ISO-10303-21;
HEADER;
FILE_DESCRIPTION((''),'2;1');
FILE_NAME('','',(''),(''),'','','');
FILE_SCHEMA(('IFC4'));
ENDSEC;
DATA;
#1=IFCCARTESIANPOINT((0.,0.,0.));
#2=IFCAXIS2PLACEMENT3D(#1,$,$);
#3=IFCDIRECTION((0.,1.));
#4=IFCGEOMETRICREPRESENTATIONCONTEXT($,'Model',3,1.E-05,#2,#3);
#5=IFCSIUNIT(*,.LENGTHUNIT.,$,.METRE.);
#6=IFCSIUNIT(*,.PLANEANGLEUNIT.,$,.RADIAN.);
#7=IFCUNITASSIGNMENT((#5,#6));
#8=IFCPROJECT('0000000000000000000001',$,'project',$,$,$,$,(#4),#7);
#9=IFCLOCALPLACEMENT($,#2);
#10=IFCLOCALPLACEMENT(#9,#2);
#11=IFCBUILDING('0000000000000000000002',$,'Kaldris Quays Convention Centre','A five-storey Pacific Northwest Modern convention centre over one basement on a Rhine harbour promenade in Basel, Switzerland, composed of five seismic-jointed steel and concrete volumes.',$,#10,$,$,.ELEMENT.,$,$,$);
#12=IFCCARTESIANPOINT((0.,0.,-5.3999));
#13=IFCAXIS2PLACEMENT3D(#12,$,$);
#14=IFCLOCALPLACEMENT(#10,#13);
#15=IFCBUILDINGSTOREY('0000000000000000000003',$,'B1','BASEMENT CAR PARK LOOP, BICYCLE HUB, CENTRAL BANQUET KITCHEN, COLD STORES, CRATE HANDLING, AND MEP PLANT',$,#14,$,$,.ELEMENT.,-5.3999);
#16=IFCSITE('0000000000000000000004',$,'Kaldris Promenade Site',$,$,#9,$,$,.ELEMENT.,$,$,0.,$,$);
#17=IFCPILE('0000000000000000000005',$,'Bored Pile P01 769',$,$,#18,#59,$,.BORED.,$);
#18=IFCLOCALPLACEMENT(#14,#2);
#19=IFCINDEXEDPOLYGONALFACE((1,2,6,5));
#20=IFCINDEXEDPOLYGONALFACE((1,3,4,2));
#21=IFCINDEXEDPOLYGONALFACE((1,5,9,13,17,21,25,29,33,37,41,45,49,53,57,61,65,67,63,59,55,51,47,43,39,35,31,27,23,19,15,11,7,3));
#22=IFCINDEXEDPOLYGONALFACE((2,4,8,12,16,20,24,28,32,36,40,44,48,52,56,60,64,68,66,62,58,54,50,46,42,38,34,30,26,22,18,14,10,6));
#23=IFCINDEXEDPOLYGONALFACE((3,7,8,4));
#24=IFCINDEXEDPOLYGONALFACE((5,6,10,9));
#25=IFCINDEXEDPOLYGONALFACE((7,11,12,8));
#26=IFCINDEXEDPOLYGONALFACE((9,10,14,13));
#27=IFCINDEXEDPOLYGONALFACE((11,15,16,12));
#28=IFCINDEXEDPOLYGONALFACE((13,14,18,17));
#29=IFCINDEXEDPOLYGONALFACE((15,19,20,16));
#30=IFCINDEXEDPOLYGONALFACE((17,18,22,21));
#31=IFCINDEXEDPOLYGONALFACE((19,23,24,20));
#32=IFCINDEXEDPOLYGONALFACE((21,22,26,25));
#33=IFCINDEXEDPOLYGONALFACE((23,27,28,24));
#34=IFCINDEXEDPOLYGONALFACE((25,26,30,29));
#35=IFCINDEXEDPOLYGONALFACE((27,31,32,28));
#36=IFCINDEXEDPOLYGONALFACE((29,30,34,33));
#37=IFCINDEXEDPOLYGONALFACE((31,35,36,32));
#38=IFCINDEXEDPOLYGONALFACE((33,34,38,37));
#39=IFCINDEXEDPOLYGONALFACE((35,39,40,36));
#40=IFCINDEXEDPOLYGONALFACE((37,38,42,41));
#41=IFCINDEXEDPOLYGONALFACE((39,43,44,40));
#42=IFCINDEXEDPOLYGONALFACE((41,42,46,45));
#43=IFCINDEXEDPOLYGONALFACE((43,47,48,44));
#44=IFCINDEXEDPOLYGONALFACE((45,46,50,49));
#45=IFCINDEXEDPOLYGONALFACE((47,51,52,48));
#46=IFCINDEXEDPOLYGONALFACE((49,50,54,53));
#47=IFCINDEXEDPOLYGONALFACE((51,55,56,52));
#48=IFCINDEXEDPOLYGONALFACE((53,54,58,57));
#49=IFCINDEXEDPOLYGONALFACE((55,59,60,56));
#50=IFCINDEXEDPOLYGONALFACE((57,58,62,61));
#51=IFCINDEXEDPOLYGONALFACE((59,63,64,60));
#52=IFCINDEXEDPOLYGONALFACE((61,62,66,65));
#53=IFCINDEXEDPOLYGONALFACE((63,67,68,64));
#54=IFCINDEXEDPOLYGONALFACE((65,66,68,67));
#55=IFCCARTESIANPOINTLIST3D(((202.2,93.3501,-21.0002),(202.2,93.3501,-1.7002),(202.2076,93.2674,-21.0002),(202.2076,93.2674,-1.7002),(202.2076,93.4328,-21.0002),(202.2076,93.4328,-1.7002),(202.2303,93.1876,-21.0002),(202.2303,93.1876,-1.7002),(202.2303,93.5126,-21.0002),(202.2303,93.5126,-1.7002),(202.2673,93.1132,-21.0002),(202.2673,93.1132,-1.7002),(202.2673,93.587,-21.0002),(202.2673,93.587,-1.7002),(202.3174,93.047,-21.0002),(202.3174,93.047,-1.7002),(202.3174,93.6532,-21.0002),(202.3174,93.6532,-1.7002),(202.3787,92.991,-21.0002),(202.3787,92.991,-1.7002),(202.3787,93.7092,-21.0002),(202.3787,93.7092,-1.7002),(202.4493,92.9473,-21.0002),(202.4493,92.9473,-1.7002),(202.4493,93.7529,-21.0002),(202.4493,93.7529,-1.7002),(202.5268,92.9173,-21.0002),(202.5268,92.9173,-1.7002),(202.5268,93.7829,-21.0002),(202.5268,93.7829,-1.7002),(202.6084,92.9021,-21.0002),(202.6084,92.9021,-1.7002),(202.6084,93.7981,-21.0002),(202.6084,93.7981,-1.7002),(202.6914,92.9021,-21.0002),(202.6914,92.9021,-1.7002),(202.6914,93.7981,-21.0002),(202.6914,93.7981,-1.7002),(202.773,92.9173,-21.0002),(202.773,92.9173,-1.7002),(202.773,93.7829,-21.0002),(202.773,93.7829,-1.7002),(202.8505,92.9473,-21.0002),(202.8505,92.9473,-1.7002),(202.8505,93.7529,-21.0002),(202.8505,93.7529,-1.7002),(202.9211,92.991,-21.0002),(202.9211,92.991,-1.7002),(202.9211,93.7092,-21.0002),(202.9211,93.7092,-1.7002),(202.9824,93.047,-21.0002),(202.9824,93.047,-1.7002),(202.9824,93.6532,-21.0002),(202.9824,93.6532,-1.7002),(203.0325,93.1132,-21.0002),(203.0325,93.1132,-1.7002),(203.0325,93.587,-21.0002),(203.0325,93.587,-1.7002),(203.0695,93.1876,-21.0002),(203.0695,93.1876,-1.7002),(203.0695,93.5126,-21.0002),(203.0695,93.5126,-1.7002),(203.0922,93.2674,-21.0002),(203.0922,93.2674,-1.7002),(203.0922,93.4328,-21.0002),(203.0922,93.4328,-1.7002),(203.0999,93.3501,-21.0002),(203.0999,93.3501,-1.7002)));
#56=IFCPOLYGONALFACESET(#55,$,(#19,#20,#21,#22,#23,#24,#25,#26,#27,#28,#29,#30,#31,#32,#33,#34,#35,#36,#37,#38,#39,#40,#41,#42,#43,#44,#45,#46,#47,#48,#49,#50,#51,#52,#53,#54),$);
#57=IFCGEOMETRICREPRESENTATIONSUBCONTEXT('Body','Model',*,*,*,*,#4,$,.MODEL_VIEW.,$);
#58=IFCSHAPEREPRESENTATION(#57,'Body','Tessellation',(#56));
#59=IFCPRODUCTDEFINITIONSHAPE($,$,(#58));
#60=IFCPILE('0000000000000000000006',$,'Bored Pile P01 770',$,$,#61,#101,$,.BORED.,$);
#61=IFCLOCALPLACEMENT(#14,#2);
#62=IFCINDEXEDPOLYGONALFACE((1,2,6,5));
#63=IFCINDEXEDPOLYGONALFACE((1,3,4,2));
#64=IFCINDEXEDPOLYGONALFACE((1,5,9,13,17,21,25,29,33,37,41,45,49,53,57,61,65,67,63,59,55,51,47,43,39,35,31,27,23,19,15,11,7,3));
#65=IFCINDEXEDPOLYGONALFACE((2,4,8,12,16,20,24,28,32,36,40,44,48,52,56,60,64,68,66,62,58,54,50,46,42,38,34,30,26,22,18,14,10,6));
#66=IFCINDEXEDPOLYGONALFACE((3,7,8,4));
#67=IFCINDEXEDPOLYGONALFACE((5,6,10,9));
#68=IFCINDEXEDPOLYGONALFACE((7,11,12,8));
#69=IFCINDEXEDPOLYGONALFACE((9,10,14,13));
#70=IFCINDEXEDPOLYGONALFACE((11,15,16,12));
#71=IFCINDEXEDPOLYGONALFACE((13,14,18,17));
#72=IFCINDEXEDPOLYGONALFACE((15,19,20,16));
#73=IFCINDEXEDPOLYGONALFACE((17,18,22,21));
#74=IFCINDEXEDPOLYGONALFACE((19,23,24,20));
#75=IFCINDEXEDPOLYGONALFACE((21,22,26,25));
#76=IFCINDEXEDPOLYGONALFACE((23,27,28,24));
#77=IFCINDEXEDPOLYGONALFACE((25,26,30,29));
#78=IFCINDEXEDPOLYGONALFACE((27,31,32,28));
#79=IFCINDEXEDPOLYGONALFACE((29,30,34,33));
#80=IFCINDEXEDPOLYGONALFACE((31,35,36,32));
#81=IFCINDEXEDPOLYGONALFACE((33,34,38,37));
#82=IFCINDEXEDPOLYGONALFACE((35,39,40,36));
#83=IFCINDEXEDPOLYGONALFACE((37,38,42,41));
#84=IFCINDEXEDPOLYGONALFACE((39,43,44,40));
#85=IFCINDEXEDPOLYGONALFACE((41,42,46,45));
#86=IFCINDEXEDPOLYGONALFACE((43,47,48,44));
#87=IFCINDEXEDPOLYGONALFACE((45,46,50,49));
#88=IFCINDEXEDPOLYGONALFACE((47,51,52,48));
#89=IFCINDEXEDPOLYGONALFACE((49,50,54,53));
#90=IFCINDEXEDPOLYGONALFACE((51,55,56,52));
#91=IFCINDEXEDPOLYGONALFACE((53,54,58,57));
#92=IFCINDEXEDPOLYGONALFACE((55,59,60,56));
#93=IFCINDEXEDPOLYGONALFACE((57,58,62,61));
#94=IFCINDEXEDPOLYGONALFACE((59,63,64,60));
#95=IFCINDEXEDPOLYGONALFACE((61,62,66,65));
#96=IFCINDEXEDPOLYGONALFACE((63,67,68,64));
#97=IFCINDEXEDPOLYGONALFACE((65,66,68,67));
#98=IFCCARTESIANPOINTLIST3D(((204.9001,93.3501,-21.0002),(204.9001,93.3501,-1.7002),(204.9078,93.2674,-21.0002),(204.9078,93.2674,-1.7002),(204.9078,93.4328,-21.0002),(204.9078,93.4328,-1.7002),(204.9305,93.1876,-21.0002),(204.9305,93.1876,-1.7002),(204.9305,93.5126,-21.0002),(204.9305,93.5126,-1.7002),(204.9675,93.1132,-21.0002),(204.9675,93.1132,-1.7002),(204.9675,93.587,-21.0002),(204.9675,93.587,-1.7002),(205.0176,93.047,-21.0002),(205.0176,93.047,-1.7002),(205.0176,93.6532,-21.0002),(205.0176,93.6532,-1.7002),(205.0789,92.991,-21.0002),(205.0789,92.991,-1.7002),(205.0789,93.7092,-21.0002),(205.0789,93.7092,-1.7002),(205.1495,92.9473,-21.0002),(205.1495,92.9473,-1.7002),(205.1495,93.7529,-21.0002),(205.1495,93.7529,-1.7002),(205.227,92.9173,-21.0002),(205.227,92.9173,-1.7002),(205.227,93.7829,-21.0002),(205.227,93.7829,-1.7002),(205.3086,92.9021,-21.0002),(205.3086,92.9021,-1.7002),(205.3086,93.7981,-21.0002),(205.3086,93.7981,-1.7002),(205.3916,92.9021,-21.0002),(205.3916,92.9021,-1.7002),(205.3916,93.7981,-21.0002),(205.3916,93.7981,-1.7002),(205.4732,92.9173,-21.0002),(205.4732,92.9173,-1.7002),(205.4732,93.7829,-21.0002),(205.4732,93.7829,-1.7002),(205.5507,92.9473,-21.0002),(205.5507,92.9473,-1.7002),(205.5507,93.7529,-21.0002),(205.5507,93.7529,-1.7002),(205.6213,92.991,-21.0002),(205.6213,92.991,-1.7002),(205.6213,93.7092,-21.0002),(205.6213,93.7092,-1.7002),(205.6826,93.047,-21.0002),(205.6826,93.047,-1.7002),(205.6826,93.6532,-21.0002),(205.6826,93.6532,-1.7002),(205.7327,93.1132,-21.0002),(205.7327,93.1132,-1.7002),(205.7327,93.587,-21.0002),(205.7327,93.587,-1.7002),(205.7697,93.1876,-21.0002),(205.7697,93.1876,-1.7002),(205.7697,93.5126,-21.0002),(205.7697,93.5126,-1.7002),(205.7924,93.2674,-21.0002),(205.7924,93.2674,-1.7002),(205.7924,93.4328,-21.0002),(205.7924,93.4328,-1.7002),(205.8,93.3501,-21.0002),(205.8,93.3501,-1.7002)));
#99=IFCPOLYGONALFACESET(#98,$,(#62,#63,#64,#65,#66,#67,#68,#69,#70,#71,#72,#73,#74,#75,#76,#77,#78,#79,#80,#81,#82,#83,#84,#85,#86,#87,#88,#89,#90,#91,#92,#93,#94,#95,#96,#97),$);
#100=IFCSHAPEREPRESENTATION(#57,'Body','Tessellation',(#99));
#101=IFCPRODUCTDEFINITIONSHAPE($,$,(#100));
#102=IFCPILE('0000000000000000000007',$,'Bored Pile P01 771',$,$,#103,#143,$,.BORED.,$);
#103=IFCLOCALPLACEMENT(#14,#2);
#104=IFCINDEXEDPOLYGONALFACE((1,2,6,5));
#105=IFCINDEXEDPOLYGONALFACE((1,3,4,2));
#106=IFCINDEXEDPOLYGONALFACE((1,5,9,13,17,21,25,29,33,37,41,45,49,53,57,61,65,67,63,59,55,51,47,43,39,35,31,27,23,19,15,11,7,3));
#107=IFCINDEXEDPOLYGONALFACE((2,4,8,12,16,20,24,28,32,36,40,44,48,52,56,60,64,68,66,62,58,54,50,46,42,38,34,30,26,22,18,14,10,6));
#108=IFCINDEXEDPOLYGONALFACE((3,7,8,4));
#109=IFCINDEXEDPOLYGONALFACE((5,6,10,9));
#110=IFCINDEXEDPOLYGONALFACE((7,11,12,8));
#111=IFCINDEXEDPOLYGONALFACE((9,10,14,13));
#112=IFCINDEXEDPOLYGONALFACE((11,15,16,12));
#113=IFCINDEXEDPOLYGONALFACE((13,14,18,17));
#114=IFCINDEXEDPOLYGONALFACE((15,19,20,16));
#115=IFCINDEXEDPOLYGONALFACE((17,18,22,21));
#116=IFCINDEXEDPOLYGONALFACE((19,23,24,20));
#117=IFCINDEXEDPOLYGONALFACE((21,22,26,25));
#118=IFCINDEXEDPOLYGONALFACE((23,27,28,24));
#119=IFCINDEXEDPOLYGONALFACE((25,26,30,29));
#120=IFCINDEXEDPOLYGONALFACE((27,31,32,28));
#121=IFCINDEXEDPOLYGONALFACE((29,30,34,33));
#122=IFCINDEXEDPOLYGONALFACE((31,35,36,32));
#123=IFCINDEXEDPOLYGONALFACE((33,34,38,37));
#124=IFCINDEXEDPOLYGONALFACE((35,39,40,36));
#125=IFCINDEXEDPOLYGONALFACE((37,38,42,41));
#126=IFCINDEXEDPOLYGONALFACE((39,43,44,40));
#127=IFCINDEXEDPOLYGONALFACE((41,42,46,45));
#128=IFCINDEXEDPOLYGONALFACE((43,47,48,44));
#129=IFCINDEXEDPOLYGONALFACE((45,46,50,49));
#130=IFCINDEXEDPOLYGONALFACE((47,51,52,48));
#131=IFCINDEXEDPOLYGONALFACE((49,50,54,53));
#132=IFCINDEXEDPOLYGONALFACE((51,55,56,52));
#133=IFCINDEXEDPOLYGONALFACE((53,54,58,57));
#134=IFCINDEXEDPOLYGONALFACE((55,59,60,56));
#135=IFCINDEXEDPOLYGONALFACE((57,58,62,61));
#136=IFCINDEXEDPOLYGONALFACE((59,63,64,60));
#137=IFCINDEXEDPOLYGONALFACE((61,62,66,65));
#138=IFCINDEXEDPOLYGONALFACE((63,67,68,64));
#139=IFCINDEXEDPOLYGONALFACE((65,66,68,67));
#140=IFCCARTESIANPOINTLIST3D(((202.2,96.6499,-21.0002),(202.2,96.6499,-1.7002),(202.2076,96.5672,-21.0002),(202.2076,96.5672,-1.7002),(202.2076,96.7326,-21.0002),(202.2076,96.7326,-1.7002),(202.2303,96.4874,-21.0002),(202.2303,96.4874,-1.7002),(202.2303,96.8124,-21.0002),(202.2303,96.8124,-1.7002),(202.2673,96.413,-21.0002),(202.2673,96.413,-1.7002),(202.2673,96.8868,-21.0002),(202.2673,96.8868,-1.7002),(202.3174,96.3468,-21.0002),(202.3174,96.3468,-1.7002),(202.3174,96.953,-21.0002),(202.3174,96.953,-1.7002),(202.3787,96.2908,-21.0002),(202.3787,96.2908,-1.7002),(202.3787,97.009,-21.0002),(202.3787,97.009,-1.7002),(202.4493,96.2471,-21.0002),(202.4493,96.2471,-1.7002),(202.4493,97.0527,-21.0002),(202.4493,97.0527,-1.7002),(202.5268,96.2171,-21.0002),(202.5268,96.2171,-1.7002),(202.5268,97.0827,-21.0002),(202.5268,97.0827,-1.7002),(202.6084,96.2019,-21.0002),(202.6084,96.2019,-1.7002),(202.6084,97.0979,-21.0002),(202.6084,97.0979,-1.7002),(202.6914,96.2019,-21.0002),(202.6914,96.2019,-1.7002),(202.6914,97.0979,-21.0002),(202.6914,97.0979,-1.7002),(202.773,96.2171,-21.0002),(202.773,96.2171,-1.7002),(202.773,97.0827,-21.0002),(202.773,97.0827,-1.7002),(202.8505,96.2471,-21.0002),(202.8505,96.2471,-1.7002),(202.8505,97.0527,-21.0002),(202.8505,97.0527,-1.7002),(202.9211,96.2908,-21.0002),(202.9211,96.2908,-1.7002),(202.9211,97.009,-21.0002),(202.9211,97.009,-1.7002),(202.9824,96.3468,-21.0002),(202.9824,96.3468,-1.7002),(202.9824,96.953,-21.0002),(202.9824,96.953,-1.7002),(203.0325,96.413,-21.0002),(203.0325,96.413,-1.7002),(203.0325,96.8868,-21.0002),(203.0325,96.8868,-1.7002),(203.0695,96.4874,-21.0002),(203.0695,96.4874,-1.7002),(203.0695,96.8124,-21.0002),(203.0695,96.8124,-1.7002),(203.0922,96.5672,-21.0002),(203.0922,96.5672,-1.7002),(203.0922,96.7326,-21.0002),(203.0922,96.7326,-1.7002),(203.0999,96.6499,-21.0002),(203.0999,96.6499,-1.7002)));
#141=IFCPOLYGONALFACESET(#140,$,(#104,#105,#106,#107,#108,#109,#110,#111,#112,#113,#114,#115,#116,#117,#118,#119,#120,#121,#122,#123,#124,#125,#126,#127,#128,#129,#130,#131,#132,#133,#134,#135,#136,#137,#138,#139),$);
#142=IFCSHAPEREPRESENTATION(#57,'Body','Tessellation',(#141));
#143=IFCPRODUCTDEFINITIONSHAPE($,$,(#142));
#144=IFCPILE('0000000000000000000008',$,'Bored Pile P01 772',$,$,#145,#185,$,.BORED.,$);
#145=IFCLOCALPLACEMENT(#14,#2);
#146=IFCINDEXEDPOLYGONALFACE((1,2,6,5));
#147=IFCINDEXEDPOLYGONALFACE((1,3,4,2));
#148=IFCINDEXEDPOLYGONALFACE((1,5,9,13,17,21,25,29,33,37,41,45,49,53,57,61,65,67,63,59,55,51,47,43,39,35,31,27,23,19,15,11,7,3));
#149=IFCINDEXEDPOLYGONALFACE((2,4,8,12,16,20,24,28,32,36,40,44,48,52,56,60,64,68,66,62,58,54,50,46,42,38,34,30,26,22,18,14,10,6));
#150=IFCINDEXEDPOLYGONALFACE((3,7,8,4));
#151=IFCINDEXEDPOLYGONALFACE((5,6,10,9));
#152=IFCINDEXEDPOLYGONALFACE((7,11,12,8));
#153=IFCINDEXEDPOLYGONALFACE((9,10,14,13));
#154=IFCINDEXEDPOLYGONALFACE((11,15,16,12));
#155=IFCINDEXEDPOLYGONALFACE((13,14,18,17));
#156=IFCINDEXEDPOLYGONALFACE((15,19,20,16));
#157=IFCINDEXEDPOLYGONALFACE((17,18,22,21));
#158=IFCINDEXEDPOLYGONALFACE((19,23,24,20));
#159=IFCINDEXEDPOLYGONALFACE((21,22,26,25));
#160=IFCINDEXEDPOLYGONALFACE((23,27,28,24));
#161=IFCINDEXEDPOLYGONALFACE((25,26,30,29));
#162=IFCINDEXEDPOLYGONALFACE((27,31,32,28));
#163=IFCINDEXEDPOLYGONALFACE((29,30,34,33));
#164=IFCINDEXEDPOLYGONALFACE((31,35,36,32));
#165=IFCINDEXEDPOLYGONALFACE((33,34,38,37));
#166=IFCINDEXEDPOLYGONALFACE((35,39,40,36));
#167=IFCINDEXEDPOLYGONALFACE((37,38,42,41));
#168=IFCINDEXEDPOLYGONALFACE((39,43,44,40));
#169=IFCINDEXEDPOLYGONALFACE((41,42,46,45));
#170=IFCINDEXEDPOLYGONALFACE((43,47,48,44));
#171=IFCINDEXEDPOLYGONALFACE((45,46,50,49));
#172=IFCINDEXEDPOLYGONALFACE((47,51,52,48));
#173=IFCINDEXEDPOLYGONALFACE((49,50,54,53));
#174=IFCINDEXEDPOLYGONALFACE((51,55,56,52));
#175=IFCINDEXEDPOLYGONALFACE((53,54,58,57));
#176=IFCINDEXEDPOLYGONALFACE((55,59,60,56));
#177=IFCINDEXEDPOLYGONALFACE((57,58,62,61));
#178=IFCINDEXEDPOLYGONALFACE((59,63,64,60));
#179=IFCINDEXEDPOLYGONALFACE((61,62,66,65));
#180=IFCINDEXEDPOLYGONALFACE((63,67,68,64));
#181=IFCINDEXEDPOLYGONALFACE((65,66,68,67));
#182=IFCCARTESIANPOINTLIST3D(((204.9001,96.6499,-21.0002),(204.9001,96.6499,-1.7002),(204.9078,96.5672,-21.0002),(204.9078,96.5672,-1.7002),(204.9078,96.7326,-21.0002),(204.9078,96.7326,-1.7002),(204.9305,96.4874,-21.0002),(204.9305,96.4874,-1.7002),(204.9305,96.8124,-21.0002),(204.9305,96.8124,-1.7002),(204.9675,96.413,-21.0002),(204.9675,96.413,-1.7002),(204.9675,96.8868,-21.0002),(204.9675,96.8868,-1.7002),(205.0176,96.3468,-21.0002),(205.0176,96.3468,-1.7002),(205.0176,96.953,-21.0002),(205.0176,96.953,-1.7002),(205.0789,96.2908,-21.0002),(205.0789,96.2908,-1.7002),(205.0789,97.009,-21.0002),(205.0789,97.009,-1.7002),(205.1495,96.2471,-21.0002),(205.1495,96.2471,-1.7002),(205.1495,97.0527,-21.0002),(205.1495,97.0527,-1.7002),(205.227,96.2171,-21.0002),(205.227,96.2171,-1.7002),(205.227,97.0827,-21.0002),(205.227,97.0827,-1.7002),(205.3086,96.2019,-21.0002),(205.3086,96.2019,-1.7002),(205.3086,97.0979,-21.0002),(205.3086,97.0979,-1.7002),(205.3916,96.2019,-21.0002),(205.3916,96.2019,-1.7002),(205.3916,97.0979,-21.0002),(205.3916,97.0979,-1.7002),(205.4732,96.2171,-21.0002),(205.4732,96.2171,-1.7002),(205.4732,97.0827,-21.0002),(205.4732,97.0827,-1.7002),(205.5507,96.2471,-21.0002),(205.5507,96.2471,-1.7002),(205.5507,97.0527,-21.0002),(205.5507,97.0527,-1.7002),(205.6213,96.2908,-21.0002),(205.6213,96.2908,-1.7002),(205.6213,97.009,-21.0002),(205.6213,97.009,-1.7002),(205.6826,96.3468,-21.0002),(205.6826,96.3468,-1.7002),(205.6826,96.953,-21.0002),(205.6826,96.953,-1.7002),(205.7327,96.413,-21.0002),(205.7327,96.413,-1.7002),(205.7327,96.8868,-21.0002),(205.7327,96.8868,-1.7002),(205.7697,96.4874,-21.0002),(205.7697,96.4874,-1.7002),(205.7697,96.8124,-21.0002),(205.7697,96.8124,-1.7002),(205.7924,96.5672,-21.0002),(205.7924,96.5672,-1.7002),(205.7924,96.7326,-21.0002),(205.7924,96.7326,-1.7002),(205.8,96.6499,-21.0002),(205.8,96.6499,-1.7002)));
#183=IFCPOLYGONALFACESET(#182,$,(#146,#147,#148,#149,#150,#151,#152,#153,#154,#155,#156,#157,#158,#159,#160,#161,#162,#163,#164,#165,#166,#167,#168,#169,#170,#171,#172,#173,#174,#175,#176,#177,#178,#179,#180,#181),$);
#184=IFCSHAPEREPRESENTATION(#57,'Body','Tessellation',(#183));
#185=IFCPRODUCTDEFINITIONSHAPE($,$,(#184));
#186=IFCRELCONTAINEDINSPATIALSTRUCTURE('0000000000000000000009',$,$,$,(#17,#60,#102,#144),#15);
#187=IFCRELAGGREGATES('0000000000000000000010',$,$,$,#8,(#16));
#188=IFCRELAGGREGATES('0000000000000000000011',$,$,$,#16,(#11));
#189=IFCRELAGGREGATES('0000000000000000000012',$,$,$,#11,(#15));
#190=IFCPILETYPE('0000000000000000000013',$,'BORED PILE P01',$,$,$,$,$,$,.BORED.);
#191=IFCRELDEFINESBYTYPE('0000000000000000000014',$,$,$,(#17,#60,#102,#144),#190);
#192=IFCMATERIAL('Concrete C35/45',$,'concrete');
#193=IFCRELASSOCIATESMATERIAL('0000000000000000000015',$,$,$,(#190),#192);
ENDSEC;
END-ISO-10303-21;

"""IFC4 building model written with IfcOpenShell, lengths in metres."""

from ifc_helpers import new_model, si_unit, direction, frame, origin, origin_2d, place, context, subcontext, project, spatial, circle, extrude, material, material_profile, profile_set, type_object, element, save


model = new_model("IFC4")

# Units and contexts
model_context = context("Model", 3, precision=1e-05, world=origin(), true_north=direction((0.0, 1.0)))
body_context = subcontext(model_context, "Body", "Model", "MODEL_VIEW")
ifc_project = project(units=[si_unit("LENGTHUNIT", "METRE"), si_unit("PLANEANGLEUNIT", "RADIAN")], contexts=[model_context])

# Site, building, storey
site_placement = place(None, origin())
site = spatial("IfcSite", under=ifc_project, at=site_placement, Name="Kaldris Promenade Site", CompositionType="ELEMENT", RefElevation=0.0)
building_placement = place(site_placement, origin())
building = spatial("IfcBuilding", under=site, at=building_placement, Name="Kaldris Quays Convention Centre", Description="A five-storey Pacific Northwest Modern convention centre over one basement on a Rhine harbour promenade in Basel, Switzerland, composed of five seismic-jointed steel and concrete volumes.", CompositionType="ELEMENT")
storey_placement = place(building_placement, frame((0.0, 0.0, -5.3999)))
storey = spatial("IfcBuildingStorey", under=building, at=storey_placement, Name="B1", Description="BASEMENT CAR PARK LOOP, BICYCLE HUB, CENTRAL BANQUET KITCHEN, COLD STORES, CRATE HANDLING, AND MEP PLANT", CompositionType="ELEMENT", Elevation=-5.3999)

# Piles
ifc_material_1 = material(Name="Concrete C35/45", Category="concrete")
ifc_material_profile_1 = material_profile(ifc_material_1, circle(Radius=0.45, at=origin_2d()), Name="BORED PILE D900")
ifc_profile_set_1 = profile_set([ifc_material_profile_1], Name="Concrete C35/45")
pile_type = type_object("IfcPileType", Name="BORED PILE P01", PredefinedType="BORED", material=ifc_profile_set_1)
for number, where, z_axis, x_axis, name in (
    (1, (202.6499, 93.3501, -1.7002), (0.0, 0.0, -1.0), (1.0, 0.0, 0.0), "Bored Pile P01 769"),
    (2, (205.3501, 93.3501, -1.7002), (0.0, 0.0, -1.0), (1.0, 0.0, 0.0), "Bored Pile P01 770"),
    (3, (202.6499, 96.6499, -1.7002), (0.0, 0.0, -1.0), (1.0, 0.0, 0.0), "Bored Pile P01 771"),
    (4, (205.3501, 96.6499, -1.7002), (0.0, 0.0, -1.0), (1.0, 0.0, 0.0), "Bored Pile P01 772"),
):
    element("IfcPile", number, at=place(storey_placement, frame(where, z_axis=z_axis, x_axis=x_axis)), inside=storey, type_object=pile_type, Name=name, PredefinedType="BORED", context=body_context, shape_type="SweptSolid", body=[
        extrude(circle(Radius=0.45, at=origin_2d()), origin(), (0.0, 0.0, 1.0), 19.3),
    ])

save(model, "model.ifc")
